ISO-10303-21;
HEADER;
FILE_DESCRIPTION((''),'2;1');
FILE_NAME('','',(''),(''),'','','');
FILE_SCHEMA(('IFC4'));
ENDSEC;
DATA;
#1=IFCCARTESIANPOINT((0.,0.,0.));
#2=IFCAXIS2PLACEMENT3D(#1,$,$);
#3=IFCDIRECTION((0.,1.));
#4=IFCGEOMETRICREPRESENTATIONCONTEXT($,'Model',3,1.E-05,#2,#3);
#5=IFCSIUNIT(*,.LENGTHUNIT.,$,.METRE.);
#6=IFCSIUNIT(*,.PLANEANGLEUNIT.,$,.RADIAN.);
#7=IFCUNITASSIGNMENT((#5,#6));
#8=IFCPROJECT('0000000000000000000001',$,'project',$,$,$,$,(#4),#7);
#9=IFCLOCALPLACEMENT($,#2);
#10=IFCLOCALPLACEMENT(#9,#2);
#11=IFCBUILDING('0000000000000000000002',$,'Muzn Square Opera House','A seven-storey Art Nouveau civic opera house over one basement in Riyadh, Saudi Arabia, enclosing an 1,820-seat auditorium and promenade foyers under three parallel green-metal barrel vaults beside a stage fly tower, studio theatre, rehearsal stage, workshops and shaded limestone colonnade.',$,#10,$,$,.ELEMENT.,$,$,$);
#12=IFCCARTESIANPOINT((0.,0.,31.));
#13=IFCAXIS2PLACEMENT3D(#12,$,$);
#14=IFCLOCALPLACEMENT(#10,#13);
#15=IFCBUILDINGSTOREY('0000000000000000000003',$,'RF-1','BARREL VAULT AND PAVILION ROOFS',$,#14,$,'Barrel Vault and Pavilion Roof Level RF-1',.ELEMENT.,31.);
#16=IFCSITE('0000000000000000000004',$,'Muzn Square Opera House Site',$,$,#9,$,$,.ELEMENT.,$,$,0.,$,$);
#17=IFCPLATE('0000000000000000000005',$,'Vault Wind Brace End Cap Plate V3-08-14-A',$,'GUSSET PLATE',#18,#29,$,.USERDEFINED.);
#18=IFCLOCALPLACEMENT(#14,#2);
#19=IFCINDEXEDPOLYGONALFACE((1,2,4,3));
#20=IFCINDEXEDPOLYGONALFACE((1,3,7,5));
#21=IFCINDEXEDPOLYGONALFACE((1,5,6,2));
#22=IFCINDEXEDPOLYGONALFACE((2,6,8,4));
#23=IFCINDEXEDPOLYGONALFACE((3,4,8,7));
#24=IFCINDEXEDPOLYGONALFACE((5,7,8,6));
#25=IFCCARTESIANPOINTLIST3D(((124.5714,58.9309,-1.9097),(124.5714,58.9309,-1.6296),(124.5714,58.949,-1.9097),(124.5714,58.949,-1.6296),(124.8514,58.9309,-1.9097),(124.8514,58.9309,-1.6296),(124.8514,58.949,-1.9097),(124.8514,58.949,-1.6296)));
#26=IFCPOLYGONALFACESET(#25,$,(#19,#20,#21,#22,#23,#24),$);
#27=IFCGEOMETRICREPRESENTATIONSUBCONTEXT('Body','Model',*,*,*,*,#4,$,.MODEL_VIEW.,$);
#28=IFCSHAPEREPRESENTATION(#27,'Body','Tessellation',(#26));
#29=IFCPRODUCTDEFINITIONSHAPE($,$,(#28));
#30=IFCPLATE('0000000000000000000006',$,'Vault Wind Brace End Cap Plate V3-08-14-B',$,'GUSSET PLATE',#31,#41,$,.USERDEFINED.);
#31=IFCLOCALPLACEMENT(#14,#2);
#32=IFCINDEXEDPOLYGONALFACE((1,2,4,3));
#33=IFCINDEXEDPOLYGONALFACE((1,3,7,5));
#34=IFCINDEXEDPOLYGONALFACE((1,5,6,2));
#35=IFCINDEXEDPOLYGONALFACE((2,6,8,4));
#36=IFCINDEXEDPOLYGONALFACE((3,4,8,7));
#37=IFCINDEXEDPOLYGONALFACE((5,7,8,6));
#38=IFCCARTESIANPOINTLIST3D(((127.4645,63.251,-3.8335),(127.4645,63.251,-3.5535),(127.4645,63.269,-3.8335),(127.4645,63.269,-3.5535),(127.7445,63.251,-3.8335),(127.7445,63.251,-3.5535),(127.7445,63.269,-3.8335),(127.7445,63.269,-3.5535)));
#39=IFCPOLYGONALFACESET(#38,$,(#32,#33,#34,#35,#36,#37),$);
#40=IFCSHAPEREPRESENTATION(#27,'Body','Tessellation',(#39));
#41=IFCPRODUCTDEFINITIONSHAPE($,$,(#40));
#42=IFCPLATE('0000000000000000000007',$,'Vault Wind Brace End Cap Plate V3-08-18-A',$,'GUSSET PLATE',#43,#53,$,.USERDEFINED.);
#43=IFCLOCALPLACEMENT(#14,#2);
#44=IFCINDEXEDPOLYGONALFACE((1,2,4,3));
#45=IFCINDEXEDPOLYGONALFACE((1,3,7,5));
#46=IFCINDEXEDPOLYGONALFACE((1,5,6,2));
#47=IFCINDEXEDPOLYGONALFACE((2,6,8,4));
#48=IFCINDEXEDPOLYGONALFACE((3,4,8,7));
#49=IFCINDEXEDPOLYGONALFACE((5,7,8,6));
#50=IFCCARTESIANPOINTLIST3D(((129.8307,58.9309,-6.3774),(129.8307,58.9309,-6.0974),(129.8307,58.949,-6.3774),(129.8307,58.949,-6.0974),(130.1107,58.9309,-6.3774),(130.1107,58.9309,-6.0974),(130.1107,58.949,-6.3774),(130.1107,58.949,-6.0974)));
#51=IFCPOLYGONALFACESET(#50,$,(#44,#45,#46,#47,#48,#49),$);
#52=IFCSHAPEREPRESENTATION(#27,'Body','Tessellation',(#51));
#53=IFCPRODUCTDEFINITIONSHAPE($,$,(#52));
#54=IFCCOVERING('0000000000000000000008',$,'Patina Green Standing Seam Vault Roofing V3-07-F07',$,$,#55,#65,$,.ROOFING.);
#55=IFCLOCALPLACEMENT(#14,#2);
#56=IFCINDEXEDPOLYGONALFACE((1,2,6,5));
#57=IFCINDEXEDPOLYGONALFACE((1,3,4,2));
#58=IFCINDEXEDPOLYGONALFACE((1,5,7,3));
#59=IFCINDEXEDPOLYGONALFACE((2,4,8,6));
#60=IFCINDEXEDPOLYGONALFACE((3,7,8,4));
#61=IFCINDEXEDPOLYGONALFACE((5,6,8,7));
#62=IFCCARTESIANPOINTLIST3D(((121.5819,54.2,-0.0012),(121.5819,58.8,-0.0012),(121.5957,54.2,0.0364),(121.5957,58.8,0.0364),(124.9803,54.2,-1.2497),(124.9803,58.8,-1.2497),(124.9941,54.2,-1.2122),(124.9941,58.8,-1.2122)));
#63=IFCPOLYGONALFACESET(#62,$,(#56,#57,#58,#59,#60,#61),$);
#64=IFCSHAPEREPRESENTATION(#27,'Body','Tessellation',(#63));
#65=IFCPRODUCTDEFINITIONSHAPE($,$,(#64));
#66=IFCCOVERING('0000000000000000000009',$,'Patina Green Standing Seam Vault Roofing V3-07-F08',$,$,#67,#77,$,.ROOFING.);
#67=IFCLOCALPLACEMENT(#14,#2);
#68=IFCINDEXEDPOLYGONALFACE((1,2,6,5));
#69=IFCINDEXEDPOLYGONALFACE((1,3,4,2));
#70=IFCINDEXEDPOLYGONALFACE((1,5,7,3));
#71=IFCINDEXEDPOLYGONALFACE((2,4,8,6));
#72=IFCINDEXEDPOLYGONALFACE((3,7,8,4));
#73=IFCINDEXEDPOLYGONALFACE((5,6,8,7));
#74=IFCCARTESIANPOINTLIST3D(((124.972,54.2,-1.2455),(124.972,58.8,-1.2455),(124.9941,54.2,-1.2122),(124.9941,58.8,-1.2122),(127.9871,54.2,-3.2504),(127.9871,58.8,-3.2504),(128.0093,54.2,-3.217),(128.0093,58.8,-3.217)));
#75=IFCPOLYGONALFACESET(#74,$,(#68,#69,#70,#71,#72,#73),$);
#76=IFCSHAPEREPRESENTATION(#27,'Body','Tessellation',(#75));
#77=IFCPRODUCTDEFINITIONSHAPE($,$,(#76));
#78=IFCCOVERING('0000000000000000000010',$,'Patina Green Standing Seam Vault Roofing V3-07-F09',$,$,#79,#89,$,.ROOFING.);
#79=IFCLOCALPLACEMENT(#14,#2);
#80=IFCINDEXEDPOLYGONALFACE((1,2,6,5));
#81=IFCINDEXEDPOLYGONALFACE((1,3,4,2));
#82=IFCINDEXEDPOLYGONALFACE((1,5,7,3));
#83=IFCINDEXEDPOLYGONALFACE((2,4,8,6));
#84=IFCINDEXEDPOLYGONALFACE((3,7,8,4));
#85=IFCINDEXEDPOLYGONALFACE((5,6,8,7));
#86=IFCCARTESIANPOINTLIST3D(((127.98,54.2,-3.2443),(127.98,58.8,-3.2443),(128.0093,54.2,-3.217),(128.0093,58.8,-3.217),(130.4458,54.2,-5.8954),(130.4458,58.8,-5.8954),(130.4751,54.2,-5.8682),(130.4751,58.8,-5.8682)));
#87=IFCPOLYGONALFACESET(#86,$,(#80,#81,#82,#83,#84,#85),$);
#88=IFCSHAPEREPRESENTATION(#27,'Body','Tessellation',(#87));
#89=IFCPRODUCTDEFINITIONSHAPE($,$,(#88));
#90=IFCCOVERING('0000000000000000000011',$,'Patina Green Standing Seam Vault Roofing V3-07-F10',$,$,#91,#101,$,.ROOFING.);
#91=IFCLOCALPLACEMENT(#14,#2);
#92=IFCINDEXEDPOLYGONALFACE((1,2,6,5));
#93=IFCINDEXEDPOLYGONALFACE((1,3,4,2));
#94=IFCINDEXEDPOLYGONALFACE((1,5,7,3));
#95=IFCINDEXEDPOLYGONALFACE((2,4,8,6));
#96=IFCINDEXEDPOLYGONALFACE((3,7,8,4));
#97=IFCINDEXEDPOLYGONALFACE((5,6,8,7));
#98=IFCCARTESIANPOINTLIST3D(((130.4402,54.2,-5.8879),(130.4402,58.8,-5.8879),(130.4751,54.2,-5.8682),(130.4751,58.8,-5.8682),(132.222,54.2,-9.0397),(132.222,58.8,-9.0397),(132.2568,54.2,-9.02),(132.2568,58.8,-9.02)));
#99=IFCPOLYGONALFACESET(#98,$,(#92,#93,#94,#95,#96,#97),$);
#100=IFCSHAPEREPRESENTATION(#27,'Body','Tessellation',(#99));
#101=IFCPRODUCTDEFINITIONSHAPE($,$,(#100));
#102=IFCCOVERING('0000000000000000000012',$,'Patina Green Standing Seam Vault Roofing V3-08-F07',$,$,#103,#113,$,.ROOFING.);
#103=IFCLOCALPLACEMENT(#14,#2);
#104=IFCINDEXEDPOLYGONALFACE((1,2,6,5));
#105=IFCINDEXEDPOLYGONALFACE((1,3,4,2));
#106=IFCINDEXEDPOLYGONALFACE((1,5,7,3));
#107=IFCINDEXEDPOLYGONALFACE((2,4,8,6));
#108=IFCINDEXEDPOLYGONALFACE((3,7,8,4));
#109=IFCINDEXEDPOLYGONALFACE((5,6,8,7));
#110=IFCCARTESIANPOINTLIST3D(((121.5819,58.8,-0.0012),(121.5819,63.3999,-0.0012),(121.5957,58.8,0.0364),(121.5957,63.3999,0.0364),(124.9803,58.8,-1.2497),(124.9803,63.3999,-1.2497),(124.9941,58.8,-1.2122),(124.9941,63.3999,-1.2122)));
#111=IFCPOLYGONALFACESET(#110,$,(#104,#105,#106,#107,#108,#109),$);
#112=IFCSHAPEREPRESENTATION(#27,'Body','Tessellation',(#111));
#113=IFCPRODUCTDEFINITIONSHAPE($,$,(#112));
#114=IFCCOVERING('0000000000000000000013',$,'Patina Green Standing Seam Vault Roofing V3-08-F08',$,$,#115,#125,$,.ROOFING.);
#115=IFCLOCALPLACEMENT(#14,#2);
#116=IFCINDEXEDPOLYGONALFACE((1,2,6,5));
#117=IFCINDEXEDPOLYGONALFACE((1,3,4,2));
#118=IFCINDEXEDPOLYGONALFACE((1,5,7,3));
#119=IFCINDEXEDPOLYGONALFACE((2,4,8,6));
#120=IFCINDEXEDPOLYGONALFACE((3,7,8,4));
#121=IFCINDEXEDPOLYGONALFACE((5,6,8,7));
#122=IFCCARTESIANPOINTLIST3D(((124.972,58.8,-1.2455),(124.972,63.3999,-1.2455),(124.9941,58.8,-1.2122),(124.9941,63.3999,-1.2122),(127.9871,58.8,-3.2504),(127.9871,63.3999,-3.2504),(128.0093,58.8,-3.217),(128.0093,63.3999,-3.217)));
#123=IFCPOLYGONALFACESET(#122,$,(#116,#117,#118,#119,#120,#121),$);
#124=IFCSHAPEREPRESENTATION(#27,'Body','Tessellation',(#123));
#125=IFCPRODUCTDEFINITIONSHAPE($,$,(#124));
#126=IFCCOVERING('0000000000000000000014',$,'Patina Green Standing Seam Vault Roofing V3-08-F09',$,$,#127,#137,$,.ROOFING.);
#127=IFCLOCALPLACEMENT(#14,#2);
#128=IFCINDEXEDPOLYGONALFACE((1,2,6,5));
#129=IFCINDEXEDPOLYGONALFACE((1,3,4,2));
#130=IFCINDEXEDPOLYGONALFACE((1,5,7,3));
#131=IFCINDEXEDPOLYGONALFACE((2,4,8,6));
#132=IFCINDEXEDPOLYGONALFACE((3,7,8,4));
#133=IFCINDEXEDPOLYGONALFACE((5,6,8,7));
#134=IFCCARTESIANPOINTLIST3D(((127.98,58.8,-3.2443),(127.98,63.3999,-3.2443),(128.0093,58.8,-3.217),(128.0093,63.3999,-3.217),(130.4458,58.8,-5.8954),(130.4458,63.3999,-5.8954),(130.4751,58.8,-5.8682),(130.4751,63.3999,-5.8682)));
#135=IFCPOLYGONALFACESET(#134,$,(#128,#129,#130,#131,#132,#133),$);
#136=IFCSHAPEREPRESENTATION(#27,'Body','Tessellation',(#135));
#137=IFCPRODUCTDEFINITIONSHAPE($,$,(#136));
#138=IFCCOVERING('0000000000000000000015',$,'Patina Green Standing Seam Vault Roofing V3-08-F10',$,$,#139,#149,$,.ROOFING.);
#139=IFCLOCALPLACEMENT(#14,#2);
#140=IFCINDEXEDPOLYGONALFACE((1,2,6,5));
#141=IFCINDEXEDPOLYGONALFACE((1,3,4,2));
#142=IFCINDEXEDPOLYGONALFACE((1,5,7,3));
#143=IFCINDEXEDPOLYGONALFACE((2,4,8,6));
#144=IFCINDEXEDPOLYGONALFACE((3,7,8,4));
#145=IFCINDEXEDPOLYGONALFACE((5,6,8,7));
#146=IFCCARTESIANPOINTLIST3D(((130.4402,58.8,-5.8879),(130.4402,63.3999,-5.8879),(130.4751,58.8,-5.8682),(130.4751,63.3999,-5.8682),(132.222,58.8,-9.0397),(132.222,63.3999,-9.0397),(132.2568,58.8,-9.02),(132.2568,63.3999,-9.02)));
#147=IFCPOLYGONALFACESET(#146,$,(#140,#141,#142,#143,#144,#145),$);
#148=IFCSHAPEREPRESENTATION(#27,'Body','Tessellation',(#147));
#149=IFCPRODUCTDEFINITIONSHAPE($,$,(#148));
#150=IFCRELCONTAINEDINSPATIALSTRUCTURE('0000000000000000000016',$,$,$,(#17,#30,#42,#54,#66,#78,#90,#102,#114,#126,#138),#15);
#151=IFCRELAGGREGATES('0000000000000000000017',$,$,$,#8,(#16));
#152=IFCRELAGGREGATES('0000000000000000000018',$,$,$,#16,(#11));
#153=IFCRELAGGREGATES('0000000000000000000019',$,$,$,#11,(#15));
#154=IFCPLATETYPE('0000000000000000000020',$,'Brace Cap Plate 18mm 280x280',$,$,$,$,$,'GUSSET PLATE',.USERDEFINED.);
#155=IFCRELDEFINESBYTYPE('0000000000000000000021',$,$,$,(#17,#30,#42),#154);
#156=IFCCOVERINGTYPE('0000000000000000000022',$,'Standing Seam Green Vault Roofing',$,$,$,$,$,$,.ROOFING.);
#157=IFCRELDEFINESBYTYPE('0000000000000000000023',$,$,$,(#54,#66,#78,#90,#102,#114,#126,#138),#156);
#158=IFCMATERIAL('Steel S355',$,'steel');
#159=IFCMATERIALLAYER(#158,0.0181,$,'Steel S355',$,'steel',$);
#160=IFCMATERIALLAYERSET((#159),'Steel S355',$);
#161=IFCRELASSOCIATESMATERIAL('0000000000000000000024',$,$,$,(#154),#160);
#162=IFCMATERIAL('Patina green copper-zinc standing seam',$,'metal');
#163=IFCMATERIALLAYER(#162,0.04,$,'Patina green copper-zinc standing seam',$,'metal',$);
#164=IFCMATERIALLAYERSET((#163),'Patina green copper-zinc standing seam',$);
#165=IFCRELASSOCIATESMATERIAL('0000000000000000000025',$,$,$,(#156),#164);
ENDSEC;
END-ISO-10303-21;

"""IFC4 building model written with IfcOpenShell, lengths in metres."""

from ifc_helpers import new_model, si_unit, direction, frame, origin, origin_2d, place, context, subcontext, project, spatial, polyline, rectangle, outline, extrude, material, layer, layer_set, type_object, element, save


model = new_model("IFC4")

# Units and contexts
model_context = context("Model", 3, precision=1e-05, world=origin(), true_north=direction((0.0, 1.0)))
body_context = subcontext(model_context, "Body", "Model", "MODEL_VIEW")
ifc_project = project(units=[si_unit("LENGTHUNIT", "METRE"), si_unit("PLANEANGLEUNIT", "RADIAN")], contexts=[model_context])

# Site, building, storey
site_placement = place(None, origin())
site = spatial("IfcSite", under=ifc_project, at=site_placement, Name="Muzn Square Opera House Site", CompositionType="ELEMENT", RefElevation=0.0)
building_placement = place(site_placement, origin())
building = spatial("IfcBuilding", under=site, at=building_placement, Name="Muzn Square Opera House", Description="A seven-storey Art Nouveau civic opera house over one basement in Riyadh, Saudi Arabia, enclosing an 1,820-seat auditorium and promenade foyers under three parallel green-metal barrel vaults beside a stage fly tower, studio theatre, rehearsal stage, workshops and shaded limestone colonnade.", CompositionType="ELEMENT")
storey_placement = place(building_placement, frame((0.0, 0.0, 31.0)))
storey = spatial("IfcBuildingStorey", under=building, at=storey_placement, Name="RF-1", Description="BARREL VAULT AND PAVILION ROOFS", LongName="Barrel Vault and Pavilion Roof Level RF-1", CompositionType="ELEMENT", Elevation=31.0)

# Shared definitions
ifc_material_1 = material(Name="Steel S355", Category="steel")

# Shared definitions
ifc_material_2 = material(Name="Patina green copper-zinc standing seam", Category="metal")

# Plates
ifc_layer_1 = layer(ifc_material_1, 0.0181, Name="Steel S355", Category="steel")
ifc_layer_set_1 = layer_set([ifc_layer_1], Name="Steel S355")
plate_type = type_object("IfcPlateType", Name="Brace Cap Plate 18mm 280x280", ElementType="GUSSET PLATE", PredefinedType="USERDEFINED", material=ifc_layer_set_1)
for number, where, z_axis, x_axis, name in (
    (1, (124.7114, 58.9399, -1.9097), (0.0, 0.0, 1.0), (1.0, 0.0, 0.0), "Vault Wind Brace End Cap Plate V3-08-14-A"),
    (2, (127.6045, 63.26, -3.8335), (0.0, 0.0, 1.0), (1.0, 0.0, 0.0), "Vault Wind Brace End Cap Plate V3-08-14-B"),
    (3, (129.9707, 58.9399, -6.3774), (0.0, 0.0, 1.0), (1.0, 0.0, 0.0), "Vault Wind Brace End Cap Plate V3-08-18-A"),
):
    element("IfcPlate", number, at=place(storey_placement, frame(where, z_axis=z_axis, x_axis=x_axis)), inside=storey, type_object=plate_type, Name=name, ObjectType="GUSSET PLATE", PredefinedType="USERDEFINED", context=body_context, shape_type="SweptSolid", body=[
        extrude(rectangle(XDim=0.28, YDim=0.0181, at=origin_2d()), origin(), (0.0, 0.0, 1.0), 0.28),
    ])

# Coverings
ifc_layer_2 = layer(ifc_material_2, 0.04, Name="Patina green copper-zinc standing seam", Category="metal")
ifc_layer_set_2 = layer_set([ifc_layer_2], Name="Patina green copper-zinc standing seam")
covering_type = type_object("IfcCoveringType", Name="Standing Seam Green Vault Roofing", PredefinedType="ROOFING", material=ifc_layer_set_2)
covering_1_placement = place(storey_placement, frame((121.5957, 54.2, 0.0364), z_axis=(0.344849, 0.0, 0.938658), x_axis=(0.938658, 0.0, -0.344849)))
element("IfcCovering", 4, at=covering_1_placement, inside=storey, type_object=covering_type, Name="Patina Green Standing Seam Vault Roofing V3-07-F07", PredefinedType="ROOFING", context=body_context, shape_type="SweptSolid", body=[
    extrude(outline(polyline([(0.0, 0.0), (3.6205, 0.0), (3.6205, 4.6001), (0.0, 4.6001), (0.0, 0.0)])), origin(), (0.0, 0.0, -1.0), 0.04),
])
covering_2_placement = place(storey_placement, frame((124.9941, 54.2, -1.2122), z_axis=(0.553704, 0.0, 0.832714), x_axis=(0.832714, 0.0, -0.553704)))
element("IfcCovering", 5, at=covering_2_placement, inside=storey, type_object=covering_type, Name="Patina Green Standing Seam Vault Roofing V3-07-F08", PredefinedType="ROOFING", context=body_context, shape_type="SweptSolid", body=[
    extrude(outline(polyline([(0.0, 0.0), (3.6209, 0.0), (3.6209, 4.6001), (0.0, 4.6001), (0.0, 0.0)])), origin(), (0.0, 0.0, -1.0), 0.04),
])
covering_3_placement = place(storey_placement, frame((128.0093, 54.2, -3.217), z_axis=(0.732234, 0.0, 0.681053), x_axis=(0.681053, 0.0, -0.732234)))
element("IfcCovering", 6, at=covering_3_placement, inside=storey, type_object=covering_type, Name="Patina Green Standing Seam Vault Roofing V3-07-F09", PredefinedType="ROOFING", context=body_context, shape_type="SweptSolid", body=[
    extrude(outline(polyline([(0.0, 0.0), (3.6206, 0.0), (3.6206, 4.6001), (0.0, 4.6001), (0.0, 0.0)])), origin(), (0.0, 0.0, -1.0), 0.04),
])
covering_4_placement = place(storey_placement, frame((130.4751, 54.2, -5.8682), z_axis=(0.870533, 0.0, 0.492111), x_axis=(0.492111, 0.0, -0.870533)))
element("IfcCovering", 7, at=covering_4_placement, inside=storey, type_object=covering_type, Name="Patina Green Standing Seam Vault Roofing V3-07-F10", PredefinedType="ROOFING", context=body_context, shape_type="SweptSolid", body=[
    extrude(outline(polyline([(0.0, 0.0), (3.6206, 0.0), (3.6206, 4.6001), (0.0, 4.6001), (0.0, 0.0)])), origin(), (0.0, 0.0, -1.0), 0.04),
])
covering_5_placement = place(storey_placement, frame((121.5957, 58.8, 0.0364), z_axis=(0.344849, 0.0, 0.938658), x_axis=(0.938658, 0.0, -0.344849)))
element("IfcCovering", 8, at=covering_5_placement, inside=storey, type_object=covering_type, Name="Patina Green Standing Seam Vault Roofing V3-08-F07", PredefinedType="ROOFING", context=body_context, shape_type="SweptSolid", body=[
    extrude(outline(polyline([(0.0, 0.0), (3.6205, 0.0), (3.6205, 4.5999), (0.0, 4.5999), (0.0, 0.0)])), origin(), (0.0, 0.0, -1.0), 0.04),
])
covering_6_placement = place(storey_placement, frame((124.9941, 58.8, -1.2122), z_axis=(0.553704, 0.0, 0.832714), x_axis=(0.832714, 0.0, -0.553704)))
element("IfcCovering", 9, at=covering_6_placement, inside=storey, type_object=covering_type, Name="Patina Green Standing Seam Vault Roofing V3-08-F08", PredefinedType="ROOFING", context=body_context, shape_type="SweptSolid", body=[
    extrude(outline(polyline([(0.0, 0.0), (3.6209, 0.0), (3.6209, 4.5999), (0.0, 4.5999), (0.0, 0.0)])), origin(), (0.0, 0.0, -1.0), 0.04),
])
covering_7_placement = place(storey_placement, frame((128.0093, 58.8, -3.217), z_axis=(0.732234, 0.0, 0.681053), x_axis=(0.681053, 0.0, -0.732234)))
element("IfcCovering", 10, at=covering_7_placement, inside=storey, type_object=covering_type, Name="Patina Green Standing Seam Vault Roofing V3-08-F09", PredefinedType="ROOFING", context=body_context, shape_type="SweptSolid", body=[
    extrude(outline(polyline([(0.0, 0.0), (3.6206, 0.0), (3.6206, 4.5999), (0.0, 4.5999), (0.0, 0.0)])), origin(), (0.0, 0.0, -1.0), 0.04),
])
covering_8_placement = place(storey_placement, frame((130.4751, 58.8, -5.8682), z_axis=(0.870533, 0.0, 0.492111), x_axis=(0.492111, 0.0, -0.870533)))
element("IfcCovering", 11, at=covering_8_placement, inside=storey, type_object=covering_type, Name="Patina Green Standing Seam Vault Roofing V3-08-F10", PredefinedType="ROOFING", context=body_context, shape_type="SweptSolid", body=[
    extrude(outline(polyline([(0.0, 0.0), (3.6206, 0.0), (3.6206, 4.5999), (0.0, 4.5999), (0.0, 0.0)])), origin(), (0.0, 0.0, -1.0), 0.04),
])

save(model, "model.ifc")
